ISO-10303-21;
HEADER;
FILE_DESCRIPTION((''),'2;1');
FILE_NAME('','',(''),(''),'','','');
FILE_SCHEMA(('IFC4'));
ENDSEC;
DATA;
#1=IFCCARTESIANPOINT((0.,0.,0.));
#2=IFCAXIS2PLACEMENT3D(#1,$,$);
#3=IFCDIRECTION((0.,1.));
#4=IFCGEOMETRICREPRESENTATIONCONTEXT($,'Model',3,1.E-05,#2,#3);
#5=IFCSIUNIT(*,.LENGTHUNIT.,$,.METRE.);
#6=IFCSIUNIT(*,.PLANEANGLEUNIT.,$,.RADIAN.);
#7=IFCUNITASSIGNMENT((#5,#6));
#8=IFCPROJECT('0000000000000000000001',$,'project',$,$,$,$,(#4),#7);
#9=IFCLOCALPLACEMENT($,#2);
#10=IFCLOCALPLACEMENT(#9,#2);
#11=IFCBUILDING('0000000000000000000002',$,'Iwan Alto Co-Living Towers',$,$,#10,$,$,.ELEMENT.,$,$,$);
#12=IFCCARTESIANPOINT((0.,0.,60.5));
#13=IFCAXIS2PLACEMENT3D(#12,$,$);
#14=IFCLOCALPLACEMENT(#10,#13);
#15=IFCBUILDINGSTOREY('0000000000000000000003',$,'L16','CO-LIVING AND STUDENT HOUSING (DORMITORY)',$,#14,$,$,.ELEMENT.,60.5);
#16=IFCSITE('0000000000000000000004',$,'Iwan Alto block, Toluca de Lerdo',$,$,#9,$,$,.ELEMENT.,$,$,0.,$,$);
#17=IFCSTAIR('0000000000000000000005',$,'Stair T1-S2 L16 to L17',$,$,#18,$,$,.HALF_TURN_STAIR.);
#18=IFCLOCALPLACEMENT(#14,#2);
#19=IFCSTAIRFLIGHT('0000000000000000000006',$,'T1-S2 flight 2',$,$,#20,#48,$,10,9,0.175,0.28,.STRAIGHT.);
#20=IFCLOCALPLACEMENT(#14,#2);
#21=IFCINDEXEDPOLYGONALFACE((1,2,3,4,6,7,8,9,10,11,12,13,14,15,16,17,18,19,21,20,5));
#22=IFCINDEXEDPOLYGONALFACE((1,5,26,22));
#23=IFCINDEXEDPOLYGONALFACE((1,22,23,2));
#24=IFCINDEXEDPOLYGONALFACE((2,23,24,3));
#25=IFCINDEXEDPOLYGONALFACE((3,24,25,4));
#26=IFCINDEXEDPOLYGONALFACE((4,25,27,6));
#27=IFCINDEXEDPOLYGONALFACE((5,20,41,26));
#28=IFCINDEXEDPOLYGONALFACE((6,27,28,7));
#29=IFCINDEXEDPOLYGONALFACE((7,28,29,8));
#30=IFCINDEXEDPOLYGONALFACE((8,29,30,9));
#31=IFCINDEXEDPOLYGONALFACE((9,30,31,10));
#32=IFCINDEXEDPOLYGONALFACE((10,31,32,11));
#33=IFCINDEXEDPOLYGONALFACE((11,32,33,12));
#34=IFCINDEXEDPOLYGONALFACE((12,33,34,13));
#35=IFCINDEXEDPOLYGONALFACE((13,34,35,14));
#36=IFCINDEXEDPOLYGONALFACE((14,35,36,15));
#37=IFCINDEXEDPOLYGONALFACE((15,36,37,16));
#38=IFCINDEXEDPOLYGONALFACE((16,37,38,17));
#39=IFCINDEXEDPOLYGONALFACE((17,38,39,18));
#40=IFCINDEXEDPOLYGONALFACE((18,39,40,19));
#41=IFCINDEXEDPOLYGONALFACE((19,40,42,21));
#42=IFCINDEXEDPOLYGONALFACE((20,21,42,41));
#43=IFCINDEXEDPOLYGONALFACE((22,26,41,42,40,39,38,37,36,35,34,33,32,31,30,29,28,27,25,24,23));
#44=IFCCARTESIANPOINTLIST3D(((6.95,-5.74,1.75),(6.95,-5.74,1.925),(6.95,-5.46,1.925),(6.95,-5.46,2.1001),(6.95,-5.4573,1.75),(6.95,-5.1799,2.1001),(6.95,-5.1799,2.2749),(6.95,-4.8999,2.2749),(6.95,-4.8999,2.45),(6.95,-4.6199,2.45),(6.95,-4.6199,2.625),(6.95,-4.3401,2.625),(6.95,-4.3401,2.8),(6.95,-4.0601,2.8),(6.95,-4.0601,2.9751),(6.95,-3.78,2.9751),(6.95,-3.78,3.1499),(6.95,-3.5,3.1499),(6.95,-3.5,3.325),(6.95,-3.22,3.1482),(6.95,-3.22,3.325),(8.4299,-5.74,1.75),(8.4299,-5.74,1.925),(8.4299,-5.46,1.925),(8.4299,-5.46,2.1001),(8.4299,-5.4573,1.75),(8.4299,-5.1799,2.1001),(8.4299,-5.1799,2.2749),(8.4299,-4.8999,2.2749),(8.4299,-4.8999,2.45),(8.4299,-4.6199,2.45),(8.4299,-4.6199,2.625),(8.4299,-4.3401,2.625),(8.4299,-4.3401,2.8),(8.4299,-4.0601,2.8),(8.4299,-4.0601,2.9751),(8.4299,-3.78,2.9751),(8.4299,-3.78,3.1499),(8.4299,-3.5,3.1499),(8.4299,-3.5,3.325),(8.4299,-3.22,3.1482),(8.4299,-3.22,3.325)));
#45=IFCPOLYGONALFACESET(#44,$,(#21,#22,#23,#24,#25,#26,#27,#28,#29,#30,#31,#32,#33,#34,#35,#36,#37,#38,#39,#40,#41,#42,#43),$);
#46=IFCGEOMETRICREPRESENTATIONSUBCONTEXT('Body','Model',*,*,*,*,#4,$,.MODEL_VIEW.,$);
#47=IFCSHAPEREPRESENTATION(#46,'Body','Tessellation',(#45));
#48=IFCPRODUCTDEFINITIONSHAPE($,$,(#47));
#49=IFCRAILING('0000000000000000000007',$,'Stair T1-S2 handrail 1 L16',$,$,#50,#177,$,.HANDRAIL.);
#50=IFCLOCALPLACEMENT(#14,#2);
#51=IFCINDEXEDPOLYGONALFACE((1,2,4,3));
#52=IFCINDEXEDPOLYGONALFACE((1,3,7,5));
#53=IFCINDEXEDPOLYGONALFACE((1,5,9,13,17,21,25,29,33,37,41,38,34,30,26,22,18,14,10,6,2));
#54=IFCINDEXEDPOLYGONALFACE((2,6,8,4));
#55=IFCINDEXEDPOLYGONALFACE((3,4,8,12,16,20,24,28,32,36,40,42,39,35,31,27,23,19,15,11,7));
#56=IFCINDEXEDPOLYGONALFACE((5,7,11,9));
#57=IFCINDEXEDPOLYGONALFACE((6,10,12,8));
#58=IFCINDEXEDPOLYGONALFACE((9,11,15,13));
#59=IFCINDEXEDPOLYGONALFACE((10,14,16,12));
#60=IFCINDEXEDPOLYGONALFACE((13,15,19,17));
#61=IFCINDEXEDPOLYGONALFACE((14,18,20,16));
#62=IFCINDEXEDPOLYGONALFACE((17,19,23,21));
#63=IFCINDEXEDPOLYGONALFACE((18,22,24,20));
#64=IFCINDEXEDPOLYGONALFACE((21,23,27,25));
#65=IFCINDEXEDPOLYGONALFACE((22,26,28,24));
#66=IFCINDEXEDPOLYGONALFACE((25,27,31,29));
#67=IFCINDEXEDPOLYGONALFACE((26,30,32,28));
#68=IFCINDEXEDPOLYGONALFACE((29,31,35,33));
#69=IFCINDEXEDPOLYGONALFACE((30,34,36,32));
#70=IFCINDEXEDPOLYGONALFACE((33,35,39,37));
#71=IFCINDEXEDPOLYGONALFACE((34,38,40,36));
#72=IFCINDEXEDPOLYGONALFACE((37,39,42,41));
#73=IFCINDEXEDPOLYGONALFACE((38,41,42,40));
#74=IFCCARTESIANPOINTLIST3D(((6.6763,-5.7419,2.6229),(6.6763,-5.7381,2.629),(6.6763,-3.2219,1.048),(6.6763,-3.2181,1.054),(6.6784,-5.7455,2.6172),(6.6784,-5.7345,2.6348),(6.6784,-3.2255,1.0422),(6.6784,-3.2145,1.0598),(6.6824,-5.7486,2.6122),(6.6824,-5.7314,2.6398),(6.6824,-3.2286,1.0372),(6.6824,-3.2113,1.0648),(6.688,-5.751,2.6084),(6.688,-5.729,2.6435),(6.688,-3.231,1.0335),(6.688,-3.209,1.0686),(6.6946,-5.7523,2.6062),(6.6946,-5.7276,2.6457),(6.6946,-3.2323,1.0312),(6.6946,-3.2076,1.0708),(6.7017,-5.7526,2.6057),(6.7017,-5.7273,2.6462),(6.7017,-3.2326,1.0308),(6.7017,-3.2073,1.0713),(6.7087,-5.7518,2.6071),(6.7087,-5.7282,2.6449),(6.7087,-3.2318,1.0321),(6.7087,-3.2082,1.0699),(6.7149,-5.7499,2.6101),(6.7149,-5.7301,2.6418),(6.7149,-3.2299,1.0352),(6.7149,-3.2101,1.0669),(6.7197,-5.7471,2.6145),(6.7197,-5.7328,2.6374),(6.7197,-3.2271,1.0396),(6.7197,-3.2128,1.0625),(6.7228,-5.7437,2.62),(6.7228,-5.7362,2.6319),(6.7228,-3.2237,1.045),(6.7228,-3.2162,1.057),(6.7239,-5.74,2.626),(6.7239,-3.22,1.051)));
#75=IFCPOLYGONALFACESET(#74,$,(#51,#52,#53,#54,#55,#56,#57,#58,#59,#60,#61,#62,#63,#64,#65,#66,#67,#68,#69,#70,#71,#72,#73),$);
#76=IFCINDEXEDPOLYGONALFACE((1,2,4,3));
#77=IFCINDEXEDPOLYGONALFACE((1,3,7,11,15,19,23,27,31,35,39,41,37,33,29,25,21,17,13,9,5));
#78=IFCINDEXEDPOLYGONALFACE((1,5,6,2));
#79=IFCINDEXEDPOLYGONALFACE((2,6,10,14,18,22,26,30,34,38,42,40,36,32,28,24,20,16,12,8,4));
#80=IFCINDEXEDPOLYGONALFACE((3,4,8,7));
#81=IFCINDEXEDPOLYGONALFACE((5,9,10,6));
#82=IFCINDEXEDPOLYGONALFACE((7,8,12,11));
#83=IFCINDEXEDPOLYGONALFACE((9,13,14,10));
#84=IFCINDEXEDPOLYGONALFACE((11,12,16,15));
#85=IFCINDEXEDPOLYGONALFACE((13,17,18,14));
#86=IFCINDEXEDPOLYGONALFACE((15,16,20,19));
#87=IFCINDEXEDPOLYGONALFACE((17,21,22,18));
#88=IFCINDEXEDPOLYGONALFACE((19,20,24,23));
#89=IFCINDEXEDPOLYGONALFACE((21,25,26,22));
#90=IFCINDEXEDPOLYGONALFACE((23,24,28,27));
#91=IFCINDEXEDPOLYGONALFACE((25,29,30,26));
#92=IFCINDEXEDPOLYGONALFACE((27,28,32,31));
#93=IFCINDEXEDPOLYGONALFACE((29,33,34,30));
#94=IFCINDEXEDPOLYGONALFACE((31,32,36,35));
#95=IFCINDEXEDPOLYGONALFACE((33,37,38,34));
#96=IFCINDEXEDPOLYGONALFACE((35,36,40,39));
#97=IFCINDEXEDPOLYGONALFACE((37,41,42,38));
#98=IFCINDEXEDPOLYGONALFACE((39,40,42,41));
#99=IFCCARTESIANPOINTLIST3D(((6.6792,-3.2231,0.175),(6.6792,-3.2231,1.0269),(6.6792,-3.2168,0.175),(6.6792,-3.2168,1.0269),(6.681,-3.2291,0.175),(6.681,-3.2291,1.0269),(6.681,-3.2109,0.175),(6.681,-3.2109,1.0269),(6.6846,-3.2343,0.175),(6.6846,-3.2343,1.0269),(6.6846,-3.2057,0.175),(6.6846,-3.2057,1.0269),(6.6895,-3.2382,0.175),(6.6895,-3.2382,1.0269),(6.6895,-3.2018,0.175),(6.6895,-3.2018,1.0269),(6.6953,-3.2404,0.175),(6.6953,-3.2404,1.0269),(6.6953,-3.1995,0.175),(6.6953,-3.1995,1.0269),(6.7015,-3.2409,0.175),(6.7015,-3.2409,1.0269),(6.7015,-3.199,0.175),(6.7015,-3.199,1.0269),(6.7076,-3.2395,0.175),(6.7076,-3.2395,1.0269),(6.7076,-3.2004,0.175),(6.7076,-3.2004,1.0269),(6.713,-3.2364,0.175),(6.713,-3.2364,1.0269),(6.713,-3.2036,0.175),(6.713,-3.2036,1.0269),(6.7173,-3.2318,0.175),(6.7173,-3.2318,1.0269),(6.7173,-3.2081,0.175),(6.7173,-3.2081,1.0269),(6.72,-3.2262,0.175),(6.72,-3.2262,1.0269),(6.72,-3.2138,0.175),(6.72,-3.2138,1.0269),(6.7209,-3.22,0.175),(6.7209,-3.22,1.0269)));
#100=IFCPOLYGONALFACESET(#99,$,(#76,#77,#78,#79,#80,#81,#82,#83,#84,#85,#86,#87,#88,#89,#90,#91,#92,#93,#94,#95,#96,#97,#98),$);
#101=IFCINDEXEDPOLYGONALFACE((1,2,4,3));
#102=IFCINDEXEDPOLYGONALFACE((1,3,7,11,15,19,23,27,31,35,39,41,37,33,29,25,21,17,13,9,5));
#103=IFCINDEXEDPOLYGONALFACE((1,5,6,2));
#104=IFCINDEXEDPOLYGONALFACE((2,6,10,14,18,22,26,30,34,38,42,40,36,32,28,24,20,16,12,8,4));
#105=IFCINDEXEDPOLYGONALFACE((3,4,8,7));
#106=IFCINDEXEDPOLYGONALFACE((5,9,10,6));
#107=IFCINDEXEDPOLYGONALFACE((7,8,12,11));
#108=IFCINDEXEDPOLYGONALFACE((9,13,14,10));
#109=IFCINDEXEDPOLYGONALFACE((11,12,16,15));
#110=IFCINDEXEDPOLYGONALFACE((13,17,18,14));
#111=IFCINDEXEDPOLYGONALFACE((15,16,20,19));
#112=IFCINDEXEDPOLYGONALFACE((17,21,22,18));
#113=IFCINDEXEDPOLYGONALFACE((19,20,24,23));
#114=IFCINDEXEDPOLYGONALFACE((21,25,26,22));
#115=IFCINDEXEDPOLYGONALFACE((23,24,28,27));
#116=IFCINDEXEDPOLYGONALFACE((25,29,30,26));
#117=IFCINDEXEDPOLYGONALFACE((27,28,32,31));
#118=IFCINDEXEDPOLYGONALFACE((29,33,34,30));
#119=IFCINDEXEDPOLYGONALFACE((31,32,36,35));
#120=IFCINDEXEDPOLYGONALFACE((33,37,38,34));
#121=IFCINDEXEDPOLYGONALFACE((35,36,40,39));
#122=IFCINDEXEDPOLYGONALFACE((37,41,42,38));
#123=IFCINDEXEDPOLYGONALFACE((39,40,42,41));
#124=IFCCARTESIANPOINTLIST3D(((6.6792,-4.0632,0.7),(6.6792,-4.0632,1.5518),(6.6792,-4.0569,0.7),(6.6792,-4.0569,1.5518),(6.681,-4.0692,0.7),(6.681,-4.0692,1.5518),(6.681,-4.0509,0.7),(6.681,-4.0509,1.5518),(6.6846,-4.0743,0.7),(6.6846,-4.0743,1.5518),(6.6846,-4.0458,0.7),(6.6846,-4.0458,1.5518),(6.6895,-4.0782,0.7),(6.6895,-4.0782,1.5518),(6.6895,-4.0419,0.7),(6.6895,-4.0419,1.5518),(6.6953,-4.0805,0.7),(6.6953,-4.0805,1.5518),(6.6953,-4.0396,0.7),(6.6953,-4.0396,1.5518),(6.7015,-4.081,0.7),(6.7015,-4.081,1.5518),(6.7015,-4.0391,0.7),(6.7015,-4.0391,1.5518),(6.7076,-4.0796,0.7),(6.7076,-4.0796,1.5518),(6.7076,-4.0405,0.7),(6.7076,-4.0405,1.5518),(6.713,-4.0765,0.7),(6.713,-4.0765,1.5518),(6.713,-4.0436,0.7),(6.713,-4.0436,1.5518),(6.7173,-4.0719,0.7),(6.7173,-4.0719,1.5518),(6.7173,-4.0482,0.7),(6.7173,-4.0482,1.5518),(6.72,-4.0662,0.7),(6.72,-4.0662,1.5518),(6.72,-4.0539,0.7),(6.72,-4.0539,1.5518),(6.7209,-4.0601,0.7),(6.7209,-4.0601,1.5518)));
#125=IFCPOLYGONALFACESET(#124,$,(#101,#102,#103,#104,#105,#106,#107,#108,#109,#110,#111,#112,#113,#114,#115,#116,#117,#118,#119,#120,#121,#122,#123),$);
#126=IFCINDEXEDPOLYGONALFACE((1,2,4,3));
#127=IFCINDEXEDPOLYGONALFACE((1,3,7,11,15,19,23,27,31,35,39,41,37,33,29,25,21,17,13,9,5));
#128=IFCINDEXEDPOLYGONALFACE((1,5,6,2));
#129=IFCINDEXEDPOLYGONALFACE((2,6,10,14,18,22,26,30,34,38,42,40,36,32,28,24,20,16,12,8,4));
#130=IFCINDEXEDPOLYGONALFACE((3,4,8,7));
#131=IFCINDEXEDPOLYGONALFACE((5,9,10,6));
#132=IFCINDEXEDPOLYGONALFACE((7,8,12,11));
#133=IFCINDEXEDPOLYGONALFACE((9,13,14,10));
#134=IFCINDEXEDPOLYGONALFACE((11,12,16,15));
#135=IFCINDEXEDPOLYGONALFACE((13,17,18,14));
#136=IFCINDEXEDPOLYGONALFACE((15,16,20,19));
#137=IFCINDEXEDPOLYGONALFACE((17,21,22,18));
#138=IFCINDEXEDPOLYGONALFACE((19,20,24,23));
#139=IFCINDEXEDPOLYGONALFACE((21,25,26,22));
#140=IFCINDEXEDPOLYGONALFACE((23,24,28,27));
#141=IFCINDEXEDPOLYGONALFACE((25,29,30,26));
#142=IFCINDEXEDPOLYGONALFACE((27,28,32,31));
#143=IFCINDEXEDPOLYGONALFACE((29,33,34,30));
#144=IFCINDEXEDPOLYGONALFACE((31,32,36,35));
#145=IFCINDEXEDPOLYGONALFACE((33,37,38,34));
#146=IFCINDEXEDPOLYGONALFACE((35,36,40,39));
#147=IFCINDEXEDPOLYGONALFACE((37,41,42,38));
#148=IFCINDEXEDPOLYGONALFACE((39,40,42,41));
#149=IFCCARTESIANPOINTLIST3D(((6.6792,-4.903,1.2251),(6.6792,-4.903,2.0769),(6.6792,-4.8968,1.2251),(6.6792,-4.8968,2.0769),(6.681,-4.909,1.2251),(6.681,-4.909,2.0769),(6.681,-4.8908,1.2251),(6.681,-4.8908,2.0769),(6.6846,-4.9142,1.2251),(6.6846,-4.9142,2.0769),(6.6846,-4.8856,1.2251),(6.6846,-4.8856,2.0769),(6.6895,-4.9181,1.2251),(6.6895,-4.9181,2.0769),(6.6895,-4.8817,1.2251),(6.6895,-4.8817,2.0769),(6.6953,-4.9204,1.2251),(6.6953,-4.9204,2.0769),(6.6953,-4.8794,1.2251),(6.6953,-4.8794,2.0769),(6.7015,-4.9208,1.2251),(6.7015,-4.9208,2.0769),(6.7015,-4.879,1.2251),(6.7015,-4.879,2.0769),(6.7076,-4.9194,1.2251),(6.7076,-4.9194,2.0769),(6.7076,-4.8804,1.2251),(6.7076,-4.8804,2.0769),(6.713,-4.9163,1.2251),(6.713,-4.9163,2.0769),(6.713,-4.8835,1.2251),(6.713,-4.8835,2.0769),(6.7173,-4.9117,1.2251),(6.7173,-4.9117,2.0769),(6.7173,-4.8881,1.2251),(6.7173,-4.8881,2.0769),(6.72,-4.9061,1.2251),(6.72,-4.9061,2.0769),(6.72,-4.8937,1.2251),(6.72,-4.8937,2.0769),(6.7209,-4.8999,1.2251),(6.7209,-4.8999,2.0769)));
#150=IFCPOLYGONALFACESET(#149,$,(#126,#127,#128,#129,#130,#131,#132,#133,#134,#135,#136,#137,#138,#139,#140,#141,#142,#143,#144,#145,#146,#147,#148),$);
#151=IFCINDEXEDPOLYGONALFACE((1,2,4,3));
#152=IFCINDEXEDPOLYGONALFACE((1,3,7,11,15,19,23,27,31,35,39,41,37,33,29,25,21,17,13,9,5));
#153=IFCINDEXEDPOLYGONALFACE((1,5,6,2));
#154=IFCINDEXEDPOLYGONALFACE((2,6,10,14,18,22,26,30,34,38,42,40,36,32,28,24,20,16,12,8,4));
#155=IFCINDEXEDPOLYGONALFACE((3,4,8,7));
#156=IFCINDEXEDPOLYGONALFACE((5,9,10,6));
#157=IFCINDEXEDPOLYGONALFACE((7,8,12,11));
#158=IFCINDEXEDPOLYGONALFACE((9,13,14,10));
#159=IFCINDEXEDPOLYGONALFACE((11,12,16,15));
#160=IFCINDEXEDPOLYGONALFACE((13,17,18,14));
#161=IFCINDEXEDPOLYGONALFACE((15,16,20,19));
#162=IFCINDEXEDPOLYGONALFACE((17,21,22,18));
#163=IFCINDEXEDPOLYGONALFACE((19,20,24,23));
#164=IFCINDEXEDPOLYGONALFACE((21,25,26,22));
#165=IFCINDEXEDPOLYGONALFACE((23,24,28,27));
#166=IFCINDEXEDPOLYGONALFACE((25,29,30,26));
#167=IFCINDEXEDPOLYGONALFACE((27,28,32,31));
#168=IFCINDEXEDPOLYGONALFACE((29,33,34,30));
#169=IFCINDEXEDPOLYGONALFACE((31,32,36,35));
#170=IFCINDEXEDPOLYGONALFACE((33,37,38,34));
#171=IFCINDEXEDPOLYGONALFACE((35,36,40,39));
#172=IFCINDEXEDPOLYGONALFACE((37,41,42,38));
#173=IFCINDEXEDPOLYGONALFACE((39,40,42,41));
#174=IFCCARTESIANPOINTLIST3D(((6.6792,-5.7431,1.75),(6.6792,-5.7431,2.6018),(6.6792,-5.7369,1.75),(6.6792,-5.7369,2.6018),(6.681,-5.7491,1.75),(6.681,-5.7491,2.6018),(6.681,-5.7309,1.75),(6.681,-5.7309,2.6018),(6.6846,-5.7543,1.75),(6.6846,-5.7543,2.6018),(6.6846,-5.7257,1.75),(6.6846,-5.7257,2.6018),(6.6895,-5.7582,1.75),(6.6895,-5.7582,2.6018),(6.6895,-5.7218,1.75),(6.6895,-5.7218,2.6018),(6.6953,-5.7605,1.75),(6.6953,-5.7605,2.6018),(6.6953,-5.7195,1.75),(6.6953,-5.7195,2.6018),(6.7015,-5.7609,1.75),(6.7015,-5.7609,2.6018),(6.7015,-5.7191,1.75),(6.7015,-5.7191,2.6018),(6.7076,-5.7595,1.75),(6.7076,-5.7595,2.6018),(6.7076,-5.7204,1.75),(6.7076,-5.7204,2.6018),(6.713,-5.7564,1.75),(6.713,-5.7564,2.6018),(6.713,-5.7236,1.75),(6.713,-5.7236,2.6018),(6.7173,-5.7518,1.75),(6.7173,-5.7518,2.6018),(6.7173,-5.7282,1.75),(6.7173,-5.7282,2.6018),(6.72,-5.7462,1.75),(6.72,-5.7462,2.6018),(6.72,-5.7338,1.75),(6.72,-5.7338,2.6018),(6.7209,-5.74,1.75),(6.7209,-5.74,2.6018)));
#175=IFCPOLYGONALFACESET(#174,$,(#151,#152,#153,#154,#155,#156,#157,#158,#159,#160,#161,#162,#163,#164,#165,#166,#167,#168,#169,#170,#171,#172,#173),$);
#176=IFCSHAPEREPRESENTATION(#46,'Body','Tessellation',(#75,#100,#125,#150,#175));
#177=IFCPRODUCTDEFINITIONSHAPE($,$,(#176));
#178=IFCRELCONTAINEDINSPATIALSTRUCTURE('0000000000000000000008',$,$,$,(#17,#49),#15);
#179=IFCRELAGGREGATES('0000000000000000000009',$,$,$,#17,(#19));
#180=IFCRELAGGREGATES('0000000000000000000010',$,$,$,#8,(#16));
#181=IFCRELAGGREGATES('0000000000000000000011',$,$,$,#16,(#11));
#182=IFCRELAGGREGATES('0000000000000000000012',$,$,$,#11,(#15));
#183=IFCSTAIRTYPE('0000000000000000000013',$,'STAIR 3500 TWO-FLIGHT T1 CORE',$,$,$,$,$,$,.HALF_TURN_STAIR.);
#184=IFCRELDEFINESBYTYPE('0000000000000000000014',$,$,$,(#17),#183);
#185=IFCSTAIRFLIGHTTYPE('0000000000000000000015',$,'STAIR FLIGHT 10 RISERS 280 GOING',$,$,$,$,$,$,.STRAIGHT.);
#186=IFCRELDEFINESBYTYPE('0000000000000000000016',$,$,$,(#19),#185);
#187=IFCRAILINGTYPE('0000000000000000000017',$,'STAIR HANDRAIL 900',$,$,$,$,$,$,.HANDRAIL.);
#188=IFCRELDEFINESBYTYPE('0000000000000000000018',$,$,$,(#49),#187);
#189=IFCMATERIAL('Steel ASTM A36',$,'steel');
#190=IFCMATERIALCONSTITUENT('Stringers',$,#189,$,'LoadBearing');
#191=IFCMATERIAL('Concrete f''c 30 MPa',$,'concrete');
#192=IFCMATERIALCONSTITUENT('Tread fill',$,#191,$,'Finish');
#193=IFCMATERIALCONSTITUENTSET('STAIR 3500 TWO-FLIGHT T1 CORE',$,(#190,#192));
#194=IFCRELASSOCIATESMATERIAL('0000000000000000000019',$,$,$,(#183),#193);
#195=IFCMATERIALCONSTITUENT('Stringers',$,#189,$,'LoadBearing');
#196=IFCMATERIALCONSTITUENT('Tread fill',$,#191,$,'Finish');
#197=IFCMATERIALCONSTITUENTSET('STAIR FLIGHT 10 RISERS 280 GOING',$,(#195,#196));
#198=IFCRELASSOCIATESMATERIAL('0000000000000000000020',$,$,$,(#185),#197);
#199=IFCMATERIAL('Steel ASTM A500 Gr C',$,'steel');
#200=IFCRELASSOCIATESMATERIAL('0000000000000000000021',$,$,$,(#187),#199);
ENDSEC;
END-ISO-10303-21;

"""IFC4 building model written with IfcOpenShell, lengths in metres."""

from ifc_helpers import new_model, si_unit, direction, frame, origin, origin_2d, place, context, subcontext, project, spatial, polyline, circle, outline, extrude, material, constituent, constituent_set, type_object, element, aggregate, save


model = new_model("IFC4")

# Units and contexts
model_context = context("Model", 3, precision=1e-05, world=origin(), true_north=direction((0.0, 1.0)))
body_context = subcontext(model_context, "Body", "Model", "MODEL_VIEW")
ifc_project = project(units=[si_unit("LENGTHUNIT", "METRE"), si_unit("PLANEANGLEUNIT", "RADIAN")], contexts=[model_context])

# Site, building, storey
site_placement = place(None, origin())
site = spatial("IfcSite", under=ifc_project, at=site_placement, Name="Iwan Alto block, Toluca de Lerdo", CompositionType="ELEMENT", RefElevation=0.0)
building_placement = place(site_placement, origin())
building = spatial("IfcBuilding", under=site, at=building_placement, Name="Iwan Alto Co-Living Towers", CompositionType="ELEMENT")
storey_placement = place(building_placement, frame((0.0, 0.0, 60.5)))
storey = spatial("IfcBuildingStorey", under=building, at=storey_placement, Name="L16", Description="CO-LIVING AND STUDENT HOUSING (DORMITORY)", CompositionType="ELEMENT", Elevation=60.5)

# Stair, stair flight
ifc_material_1 = material(Name="Steel ASTM A36", Category="steel")
ifc_constituent_1 = constituent(ifc_material_1, Name="Stringers", Category="LoadBearing")
ifc_material_2 = material(Name="Concrete f'c 30 MPa", Category="concrete")
ifc_constituent_2 = constituent(ifc_material_2, Name="Tread fill", Category="Finish")
ifc_constituent_set_1 = constituent_set(constituents=[ifc_constituent_1, ifc_constituent_2], Name="STAIR 3500 TWO-FLIGHT T1 CORE")
stair_type = type_object("IfcStairType", Name="STAIR 3500 TWO-FLIGHT T1 CORE", PredefinedType="HALF_TURN_STAIR", material=ifc_constituent_set_1)
stair_placement = place(storey_placement, origin())
stair = element("IfcStair", 1, at=stair_placement, inside=storey, type_object=stair_type, Name="Stair T1-S2 L16 to L17", PredefinedType="HALF_TURN_STAIR")
ifc_constituent_3 = constituent(ifc_material_1, Name="Stringers", Category="LoadBearing")
ifc_constituent_4 = constituent(ifc_material_2, Name="Tread fill", Category="Finish")
ifc_constituent_set_2 = constituent_set(constituents=[ifc_constituent_3, ifc_constituent_4], Name="STAIR FLIGHT 10 RISERS 280 GOING")
stair_flight_type = type_object("IfcStairFlightType", Name="STAIR FLIGHT 10 RISERS 280 GOING", PredefinedType="STRAIGHT", material=ifc_constituent_set_2)
stair_flight_1_placement = place(storey_placement, frame((7.6899, -5.74, 1.75), z_axis=(0.0, 0.0, 1.0), x_axis=(0.0, 1.0, 0.0)))
stair_flight_1 = element("IfcStairFlight", 2, at=stair_flight_1_placement, type_object=stair_flight_type, Name="T1-S2 flight 2", NumberOfRisers=10, NumberOfTreads=9, PredefinedType="STRAIGHT", RiserHeight=0.175, TreadLength=0.28, context=body_context, shape_type="SweptSolid", body=[
    extrude(outline(polyline([(0.0, 0.0), (0.0, 0.175), (0.28, 0.175), (0.28, 0.3501), (0.5601, 0.3501), (0.5601, 0.5249), (0.8401, 0.5249), (0.8401, 0.7), (1.1201, 0.7), (1.1201, 0.875), (1.3999, 0.875), (1.3999, 1.05), (1.6799, 1.05), (1.6799, 1.2251), (1.96, 1.2251), (1.96, 1.3999), (2.24, 1.3999), (2.24, 1.575), (2.52, 1.575), (2.52, 1.75), (2.52, 1.3982), (0.2827, 0.0), (0.0, 0.0)])), frame((0.0, 0.74, 0.0), z_axis=(0.0, -1.0, 0.0), x_axis=(1.0, 0.0, 0.0)), (0.0, 0.0, 1.0), 1.48),
])
aggregate(stair, [stair_flight_1])

# Railing
ifc_material_3 = material(Name="Steel ASTM A500 Gr C", Category="steel")
railing_type_1 = type_object("IfcRailingType", Name="STAIR HANDRAIL 900", PredefinedType="HANDRAIL", material=ifc_material_3)
railing_1_placement = place(storey_placement, frame((6.7, -3.22, 0.175)))
element("IfcRailing", 3, at=railing_1_placement, inside=storey, type_object=railing_type_1, Name="Stair T1-S2 handrail 1 L16", PredefinedType="HANDRAIL", context=body_context, shape_type="SweptSolid", body=[
    extrude(circle(Radius=0.0239, at=origin_2d()), frame((0.0, 0.0, 0.876), z_axis=(0.0, -0.848008, 0.529984), x_axis=(1.0, 0.0, 0.0)), (0.0, 0.0, 1.0), 2.9717),
    extrude(circle(Radius=0.021, at=origin_2d()), origin(), (0.0, 0.0, 1.0), 0.8518),
    extrude(circle(Radius=0.021, at=origin_2d()), frame((0.0, -0.8401, 0.5249)), (0.0, 0.0, 1.0), 0.8518),
    extrude(circle(Radius=0.021, at=origin_2d()), frame((0.0, -1.6799, 1.05)), (0.0, 0.0, 1.0), 0.8518),
    extrude(circle(Radius=0.021, at=origin_2d()), frame((0.0, -2.52, 1.575)), (0.0, 0.0, 1.0), 0.8518),
])

save(model, "model.ifc")
